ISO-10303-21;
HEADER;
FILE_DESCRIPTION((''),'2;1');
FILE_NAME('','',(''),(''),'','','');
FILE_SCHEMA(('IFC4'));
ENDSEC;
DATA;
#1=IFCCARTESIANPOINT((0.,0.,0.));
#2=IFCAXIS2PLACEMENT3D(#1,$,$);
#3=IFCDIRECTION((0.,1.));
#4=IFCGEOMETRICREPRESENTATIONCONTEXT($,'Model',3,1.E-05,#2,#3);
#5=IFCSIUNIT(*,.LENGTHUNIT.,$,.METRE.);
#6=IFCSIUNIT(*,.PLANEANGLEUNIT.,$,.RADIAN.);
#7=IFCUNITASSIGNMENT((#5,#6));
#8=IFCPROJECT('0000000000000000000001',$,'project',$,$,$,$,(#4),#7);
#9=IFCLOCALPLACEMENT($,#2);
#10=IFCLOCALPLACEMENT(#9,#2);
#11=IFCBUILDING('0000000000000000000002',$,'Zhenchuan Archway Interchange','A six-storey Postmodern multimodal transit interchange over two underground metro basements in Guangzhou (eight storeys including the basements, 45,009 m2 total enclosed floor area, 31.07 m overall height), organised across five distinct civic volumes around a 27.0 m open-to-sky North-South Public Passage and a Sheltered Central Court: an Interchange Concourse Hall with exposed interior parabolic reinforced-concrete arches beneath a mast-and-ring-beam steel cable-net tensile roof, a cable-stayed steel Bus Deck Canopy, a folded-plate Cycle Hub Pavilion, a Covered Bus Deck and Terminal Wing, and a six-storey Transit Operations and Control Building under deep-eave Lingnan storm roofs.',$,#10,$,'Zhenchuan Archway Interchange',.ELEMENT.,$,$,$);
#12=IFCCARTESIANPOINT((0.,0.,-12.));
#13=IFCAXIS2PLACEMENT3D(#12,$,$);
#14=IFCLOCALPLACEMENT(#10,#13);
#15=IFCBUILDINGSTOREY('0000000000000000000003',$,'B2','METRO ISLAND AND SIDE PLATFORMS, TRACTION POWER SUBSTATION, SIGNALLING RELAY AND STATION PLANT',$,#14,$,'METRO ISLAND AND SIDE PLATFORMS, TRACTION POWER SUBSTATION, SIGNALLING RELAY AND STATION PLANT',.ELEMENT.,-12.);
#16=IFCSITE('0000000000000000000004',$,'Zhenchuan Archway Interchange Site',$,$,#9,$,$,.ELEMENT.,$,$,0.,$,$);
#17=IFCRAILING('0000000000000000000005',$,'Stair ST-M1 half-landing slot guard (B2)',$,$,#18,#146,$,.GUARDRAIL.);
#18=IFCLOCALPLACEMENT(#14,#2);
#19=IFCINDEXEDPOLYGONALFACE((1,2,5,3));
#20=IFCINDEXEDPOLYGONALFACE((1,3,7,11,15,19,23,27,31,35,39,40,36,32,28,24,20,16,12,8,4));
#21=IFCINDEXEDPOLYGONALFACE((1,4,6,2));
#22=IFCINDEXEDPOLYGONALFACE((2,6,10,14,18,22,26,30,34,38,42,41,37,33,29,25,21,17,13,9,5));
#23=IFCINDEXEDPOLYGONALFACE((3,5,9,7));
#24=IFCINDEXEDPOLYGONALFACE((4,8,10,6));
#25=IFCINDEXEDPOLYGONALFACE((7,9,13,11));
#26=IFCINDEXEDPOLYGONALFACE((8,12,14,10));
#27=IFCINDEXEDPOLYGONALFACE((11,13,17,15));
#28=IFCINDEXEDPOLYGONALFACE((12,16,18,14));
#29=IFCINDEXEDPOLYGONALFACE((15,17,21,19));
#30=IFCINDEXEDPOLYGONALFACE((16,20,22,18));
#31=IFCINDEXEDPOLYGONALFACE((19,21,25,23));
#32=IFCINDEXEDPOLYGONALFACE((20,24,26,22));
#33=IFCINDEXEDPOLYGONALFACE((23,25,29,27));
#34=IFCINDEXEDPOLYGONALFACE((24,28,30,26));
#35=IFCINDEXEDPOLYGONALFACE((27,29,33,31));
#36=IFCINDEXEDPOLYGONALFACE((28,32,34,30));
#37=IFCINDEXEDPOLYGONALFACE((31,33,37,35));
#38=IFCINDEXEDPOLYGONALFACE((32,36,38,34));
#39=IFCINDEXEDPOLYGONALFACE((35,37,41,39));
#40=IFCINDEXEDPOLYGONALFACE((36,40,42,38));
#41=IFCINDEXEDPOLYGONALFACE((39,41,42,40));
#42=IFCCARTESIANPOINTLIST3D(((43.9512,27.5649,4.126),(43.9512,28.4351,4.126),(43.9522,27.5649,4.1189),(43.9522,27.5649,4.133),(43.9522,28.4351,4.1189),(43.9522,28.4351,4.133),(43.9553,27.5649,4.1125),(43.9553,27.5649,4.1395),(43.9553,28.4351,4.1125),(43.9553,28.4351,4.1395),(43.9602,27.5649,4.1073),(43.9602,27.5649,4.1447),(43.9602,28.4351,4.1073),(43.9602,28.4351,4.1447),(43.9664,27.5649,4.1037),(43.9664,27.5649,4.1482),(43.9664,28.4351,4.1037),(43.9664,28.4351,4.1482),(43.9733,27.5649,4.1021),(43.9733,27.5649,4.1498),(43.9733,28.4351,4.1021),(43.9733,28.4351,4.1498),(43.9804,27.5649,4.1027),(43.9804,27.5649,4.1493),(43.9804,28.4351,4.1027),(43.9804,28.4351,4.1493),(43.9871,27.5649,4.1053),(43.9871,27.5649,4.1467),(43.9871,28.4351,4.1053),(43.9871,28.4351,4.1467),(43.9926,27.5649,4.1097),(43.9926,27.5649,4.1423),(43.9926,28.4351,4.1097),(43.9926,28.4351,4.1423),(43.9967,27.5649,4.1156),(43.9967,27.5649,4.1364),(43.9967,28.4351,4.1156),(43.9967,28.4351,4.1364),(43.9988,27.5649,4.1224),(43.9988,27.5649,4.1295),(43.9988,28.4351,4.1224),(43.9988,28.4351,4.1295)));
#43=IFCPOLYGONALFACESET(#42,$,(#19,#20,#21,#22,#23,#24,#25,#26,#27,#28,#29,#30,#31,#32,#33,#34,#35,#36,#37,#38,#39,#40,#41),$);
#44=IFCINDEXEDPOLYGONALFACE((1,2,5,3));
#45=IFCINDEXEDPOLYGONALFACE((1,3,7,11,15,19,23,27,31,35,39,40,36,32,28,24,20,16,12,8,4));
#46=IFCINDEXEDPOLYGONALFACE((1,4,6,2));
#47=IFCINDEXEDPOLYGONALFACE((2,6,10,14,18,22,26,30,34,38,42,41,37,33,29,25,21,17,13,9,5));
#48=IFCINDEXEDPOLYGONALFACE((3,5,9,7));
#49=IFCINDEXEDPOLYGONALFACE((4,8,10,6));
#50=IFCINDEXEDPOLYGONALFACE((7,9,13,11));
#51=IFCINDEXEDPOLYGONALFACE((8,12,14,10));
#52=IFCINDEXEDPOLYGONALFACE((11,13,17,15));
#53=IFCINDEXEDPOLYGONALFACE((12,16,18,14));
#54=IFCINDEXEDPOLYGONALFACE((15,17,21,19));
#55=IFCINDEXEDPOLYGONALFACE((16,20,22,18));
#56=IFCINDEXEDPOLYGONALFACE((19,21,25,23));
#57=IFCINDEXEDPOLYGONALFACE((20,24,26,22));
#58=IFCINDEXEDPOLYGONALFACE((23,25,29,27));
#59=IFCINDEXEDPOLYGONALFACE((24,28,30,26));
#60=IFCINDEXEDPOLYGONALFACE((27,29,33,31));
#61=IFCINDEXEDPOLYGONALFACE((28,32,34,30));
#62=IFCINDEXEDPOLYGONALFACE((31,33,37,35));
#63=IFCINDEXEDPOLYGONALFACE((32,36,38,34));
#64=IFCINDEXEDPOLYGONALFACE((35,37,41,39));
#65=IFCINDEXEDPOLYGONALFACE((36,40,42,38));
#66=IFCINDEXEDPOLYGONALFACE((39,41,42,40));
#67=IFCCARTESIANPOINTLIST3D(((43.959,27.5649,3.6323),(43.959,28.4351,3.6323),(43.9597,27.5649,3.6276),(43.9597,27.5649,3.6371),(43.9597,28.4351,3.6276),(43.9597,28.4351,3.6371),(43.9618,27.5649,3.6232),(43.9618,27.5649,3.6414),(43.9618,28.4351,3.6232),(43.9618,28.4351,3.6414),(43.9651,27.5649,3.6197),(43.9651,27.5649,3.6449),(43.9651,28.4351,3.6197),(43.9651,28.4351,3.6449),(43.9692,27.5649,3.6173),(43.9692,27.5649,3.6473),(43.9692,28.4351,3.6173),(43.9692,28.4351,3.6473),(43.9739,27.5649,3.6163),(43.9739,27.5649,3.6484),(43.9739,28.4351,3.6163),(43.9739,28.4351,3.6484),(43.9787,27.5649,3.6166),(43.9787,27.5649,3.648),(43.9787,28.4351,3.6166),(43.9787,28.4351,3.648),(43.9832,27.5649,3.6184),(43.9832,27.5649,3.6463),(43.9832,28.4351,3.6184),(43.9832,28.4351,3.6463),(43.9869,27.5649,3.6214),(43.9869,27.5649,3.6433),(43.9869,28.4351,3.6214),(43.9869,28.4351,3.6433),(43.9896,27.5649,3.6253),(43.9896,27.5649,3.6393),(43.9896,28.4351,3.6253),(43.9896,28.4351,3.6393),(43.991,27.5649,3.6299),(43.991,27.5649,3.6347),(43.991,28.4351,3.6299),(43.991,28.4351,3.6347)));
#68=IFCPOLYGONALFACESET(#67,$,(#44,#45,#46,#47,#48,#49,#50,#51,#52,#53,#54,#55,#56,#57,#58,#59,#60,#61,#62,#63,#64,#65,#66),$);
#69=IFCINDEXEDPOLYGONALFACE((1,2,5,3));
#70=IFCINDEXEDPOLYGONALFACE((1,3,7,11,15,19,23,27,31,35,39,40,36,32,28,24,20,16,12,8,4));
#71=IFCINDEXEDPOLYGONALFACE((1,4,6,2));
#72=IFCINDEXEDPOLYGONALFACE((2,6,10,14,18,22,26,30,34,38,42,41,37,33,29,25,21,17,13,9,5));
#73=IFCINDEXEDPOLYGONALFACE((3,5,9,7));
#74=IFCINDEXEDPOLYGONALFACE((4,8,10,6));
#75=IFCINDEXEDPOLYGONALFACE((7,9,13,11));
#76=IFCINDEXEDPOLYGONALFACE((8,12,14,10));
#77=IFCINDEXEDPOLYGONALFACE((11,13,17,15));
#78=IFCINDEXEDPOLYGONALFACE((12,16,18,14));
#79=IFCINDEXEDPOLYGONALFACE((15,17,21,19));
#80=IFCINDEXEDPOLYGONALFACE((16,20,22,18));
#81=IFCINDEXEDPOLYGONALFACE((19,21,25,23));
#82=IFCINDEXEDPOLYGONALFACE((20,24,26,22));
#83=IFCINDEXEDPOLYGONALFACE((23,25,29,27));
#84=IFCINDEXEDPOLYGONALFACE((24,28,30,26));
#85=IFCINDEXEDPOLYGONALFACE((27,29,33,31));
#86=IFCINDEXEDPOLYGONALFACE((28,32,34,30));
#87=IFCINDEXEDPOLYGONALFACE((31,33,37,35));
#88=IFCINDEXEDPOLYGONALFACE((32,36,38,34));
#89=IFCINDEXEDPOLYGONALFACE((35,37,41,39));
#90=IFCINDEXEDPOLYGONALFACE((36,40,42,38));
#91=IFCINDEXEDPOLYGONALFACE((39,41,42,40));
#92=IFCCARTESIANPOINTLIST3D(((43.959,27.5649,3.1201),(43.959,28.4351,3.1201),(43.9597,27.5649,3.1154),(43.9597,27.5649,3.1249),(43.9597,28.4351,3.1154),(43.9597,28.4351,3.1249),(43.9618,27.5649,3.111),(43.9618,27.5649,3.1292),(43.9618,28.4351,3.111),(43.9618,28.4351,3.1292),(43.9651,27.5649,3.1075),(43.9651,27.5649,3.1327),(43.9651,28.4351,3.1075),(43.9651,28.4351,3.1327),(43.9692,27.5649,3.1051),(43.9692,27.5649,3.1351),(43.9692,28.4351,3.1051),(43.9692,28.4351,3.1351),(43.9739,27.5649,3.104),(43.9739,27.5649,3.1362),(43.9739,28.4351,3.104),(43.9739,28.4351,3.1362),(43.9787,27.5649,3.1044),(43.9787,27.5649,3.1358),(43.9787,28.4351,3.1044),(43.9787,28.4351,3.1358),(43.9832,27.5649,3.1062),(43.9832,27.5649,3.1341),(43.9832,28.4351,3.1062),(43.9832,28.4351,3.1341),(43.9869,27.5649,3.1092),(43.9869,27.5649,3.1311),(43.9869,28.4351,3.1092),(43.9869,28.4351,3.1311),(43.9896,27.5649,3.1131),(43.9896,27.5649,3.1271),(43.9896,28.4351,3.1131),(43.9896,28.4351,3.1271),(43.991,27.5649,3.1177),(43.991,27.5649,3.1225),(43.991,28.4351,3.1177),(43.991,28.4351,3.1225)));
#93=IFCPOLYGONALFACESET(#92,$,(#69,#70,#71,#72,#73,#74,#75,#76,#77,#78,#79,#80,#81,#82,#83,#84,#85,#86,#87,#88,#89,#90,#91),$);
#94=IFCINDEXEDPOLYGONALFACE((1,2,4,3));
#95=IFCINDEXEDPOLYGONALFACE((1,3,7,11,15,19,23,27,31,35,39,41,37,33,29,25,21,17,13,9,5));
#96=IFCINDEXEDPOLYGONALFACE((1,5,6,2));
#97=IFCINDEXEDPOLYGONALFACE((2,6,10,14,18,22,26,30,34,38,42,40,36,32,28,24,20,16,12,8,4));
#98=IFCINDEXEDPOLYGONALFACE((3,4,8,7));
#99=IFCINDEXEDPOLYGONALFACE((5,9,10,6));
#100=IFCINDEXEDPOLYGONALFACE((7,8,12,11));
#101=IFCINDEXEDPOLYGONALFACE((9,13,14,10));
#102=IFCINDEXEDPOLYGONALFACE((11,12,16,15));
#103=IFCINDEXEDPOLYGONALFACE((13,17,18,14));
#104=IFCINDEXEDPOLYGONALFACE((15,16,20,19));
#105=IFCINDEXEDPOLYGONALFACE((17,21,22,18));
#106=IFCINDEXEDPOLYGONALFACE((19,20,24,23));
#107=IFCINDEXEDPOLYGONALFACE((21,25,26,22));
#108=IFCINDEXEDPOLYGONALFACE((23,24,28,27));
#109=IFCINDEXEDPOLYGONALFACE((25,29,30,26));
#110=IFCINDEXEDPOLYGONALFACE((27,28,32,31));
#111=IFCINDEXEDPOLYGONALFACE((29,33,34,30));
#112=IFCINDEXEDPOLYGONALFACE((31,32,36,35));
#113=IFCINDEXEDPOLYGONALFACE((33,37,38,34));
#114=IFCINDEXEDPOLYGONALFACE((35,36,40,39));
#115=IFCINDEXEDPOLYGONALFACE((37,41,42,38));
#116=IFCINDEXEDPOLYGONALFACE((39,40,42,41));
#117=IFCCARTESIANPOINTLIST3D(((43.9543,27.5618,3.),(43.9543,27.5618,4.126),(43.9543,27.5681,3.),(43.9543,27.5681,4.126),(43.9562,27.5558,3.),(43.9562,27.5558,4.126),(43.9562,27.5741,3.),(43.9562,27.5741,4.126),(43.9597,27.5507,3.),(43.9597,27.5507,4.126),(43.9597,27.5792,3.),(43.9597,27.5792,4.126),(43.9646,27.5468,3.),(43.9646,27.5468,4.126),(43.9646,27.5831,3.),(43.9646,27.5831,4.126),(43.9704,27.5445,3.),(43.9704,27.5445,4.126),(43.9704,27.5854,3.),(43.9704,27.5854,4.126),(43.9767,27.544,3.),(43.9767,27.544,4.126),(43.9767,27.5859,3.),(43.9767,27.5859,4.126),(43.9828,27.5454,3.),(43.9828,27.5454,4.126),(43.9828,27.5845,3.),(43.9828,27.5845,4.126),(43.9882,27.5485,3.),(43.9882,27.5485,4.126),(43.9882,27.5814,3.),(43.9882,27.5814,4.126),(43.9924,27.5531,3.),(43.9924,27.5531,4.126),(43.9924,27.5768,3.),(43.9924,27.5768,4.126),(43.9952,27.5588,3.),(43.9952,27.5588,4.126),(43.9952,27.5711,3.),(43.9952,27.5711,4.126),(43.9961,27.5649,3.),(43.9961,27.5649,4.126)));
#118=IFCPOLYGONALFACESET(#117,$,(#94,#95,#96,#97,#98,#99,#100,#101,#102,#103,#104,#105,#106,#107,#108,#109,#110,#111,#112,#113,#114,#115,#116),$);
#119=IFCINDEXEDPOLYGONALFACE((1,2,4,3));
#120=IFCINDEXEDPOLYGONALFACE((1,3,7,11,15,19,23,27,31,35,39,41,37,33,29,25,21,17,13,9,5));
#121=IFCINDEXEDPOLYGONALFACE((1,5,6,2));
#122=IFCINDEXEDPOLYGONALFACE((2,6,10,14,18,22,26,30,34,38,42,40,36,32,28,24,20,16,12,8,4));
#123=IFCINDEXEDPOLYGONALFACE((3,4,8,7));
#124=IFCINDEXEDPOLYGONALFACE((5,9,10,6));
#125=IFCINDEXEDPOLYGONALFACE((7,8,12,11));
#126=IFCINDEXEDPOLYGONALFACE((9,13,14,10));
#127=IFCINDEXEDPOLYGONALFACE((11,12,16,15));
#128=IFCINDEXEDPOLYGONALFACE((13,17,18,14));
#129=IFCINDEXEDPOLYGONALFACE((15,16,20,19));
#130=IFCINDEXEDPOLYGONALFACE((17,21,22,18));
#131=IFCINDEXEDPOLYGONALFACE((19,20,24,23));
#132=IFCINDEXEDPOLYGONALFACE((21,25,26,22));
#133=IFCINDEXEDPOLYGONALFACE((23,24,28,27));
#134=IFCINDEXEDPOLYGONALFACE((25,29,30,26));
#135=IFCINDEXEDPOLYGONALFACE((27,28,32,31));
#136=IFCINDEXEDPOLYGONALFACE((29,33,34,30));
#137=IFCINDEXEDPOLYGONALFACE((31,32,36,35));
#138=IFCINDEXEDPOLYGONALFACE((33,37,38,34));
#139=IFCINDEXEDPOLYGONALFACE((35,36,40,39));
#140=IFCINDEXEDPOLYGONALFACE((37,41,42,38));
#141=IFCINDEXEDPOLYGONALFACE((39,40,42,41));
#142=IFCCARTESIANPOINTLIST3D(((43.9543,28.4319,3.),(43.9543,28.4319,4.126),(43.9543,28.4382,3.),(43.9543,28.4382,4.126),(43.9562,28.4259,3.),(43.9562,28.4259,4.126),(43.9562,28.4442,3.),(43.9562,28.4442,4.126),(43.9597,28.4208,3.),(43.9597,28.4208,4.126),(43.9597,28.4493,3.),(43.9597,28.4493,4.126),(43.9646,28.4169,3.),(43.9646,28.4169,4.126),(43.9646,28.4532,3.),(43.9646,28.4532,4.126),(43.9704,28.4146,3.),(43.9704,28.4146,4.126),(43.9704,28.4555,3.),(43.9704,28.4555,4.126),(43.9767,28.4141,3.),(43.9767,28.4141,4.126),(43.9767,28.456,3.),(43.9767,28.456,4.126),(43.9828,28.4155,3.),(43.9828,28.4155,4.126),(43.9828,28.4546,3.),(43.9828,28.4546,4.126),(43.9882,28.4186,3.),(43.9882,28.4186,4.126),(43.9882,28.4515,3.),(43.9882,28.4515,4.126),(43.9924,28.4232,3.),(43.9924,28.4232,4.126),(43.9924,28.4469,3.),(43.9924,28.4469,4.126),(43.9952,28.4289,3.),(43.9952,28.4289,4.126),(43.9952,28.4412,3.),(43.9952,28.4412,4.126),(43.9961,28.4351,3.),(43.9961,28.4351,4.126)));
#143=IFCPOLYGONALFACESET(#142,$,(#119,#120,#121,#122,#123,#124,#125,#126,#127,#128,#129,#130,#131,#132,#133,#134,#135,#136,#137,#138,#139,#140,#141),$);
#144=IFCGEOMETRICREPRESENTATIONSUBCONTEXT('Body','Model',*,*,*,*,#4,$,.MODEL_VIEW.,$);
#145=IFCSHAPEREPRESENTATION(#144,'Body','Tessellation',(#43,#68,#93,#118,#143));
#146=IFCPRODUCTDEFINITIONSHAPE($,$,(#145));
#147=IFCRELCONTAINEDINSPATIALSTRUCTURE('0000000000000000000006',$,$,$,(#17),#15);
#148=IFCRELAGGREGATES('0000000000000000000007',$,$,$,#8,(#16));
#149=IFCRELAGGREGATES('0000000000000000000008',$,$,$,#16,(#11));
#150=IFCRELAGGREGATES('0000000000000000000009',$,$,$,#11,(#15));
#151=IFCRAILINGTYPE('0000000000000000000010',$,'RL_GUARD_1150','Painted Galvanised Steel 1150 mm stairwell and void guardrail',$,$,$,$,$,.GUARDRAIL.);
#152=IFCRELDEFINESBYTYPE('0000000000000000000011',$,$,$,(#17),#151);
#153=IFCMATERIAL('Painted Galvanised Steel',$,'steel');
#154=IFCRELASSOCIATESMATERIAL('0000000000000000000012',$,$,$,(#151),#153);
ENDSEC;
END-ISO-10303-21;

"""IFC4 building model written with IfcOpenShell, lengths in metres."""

from ifc_helpers import new_model, si_unit, direction, frame, origin, origin_2d, place, context, subcontext, project, spatial, circle, extrude, material, type_object, element, save


model = new_model("IFC4")

# Units and contexts
model_context = context("Model", 3, precision=1e-05, world=origin(), true_north=direction((0.0, 1.0)))
body_context = subcontext(model_context, "Body", "Model", "MODEL_VIEW")
ifc_project = project(units=[si_unit("LENGTHUNIT", "METRE"), si_unit("PLANEANGLEUNIT", "RADIAN")], contexts=[model_context])

# Site, building, storey
site_placement = place(None, origin())
site = spatial("IfcSite", under=ifc_project, at=site_placement, Name="Zhenchuan Archway Interchange Site", CompositionType="ELEMENT", RefElevation=0.0)
building_placement = place(site_placement, origin())
building = spatial("IfcBuilding", under=site, at=building_placement, Name="Zhenchuan Archway Interchange", Description="A six-storey Postmodern multimodal transit interchange over two underground metro basements in Guangzhou (eight storeys including the basements, 45,009 m2 total enclosed floor area, 31.07 m overall height), organised across five distinct civic volumes around a 27.0 m open-to-sky North-South Public Passage and a Sheltered Central Court: an Interchange Concourse Hall with exposed interior parabolic reinforced-concrete arches beneath a mast-and-ring-beam steel cable-net tensile roof, a cable-stayed steel Bus Deck Canopy, a folded-plate Cycle Hub Pavilion, a Covered Bus Deck and Terminal Wing, and a six-storey Transit Operations and Control Building under deep-eave Lingnan storm roofs.", LongName="Zhenchuan Archway Interchange", CompositionType="ELEMENT")
storey_placement = place(building_placement, frame((0.0, 0.0, -12.0)))
storey = spatial("IfcBuildingStorey", under=building, at=storey_placement, Name="B2", Description="METRO ISLAND AND SIDE PLATFORMS, TRACTION POWER SUBSTATION, SIGNALLING RELAY AND STATION PLANT", LongName="METRO ISLAND AND SIDE PLATFORMS, TRACTION POWER SUBSTATION, SIGNALLING RELAY AND STATION PLANT", CompositionType="ELEMENT", Elevation=-12.0)

# Shared definitions
ifc_material_1 = material(Name="Painted Galvanised Steel", Category="steel")

# Railing
railing_type = type_object("IfcRailingType", Name="RL_GUARD_1150", Description="Painted Galvanised Steel 1150 mm stairwell and void guardrail", PredefinedType="GUARDRAIL", material=ifc_material_1)
railing_placement = place(storey_placement, frame((43.9751, 27.5649, 3.0)))
element("IfcRailing", 1, at=railing_placement, inside=storey, type_object=railing_type, Name="Stair ST-M1 half-landing slot guard (B2)", PredefinedType="GUARDRAIL", context=body_context, shape_type="SweptSolid", body=[
    extrude(circle(Radius=0.0239, at=origin_2d()), frame((0.0, 0.0, 1.126), z_axis=(0.0, 1.0, 0.0), x_axis=(-1.0, 0.0, 0.0)), (0.0, 0.0, 1.0), 0.8701),
    extrude(circle(Radius=0.0161, at=origin_2d()), frame((0.0, 0.0, 0.6323), z_axis=(0.0, 1.0, 0.0), x_axis=(-1.0, 0.0, 0.0)), (0.0, 0.0, 1.0), 0.8701),
    extrude(circle(Radius=0.0161, at=origin_2d()), frame((0.0, 0.0, 0.1201), z_axis=(0.0, 1.0, 0.0), x_axis=(-1.0, 0.0, 0.0)), (0.0, 0.0, 1.0), 0.8701),
    extrude(circle(Radius=0.021, at=origin_2d()), origin(), (0.0, 0.0, 1.0), 1.126),
    extrude(circle(Radius=0.021, at=origin_2d()), frame((0.0, 0.8701, 0.0)), (0.0, 0.0, 1.0), 1.126),
])

save(model, "model.ifc")
